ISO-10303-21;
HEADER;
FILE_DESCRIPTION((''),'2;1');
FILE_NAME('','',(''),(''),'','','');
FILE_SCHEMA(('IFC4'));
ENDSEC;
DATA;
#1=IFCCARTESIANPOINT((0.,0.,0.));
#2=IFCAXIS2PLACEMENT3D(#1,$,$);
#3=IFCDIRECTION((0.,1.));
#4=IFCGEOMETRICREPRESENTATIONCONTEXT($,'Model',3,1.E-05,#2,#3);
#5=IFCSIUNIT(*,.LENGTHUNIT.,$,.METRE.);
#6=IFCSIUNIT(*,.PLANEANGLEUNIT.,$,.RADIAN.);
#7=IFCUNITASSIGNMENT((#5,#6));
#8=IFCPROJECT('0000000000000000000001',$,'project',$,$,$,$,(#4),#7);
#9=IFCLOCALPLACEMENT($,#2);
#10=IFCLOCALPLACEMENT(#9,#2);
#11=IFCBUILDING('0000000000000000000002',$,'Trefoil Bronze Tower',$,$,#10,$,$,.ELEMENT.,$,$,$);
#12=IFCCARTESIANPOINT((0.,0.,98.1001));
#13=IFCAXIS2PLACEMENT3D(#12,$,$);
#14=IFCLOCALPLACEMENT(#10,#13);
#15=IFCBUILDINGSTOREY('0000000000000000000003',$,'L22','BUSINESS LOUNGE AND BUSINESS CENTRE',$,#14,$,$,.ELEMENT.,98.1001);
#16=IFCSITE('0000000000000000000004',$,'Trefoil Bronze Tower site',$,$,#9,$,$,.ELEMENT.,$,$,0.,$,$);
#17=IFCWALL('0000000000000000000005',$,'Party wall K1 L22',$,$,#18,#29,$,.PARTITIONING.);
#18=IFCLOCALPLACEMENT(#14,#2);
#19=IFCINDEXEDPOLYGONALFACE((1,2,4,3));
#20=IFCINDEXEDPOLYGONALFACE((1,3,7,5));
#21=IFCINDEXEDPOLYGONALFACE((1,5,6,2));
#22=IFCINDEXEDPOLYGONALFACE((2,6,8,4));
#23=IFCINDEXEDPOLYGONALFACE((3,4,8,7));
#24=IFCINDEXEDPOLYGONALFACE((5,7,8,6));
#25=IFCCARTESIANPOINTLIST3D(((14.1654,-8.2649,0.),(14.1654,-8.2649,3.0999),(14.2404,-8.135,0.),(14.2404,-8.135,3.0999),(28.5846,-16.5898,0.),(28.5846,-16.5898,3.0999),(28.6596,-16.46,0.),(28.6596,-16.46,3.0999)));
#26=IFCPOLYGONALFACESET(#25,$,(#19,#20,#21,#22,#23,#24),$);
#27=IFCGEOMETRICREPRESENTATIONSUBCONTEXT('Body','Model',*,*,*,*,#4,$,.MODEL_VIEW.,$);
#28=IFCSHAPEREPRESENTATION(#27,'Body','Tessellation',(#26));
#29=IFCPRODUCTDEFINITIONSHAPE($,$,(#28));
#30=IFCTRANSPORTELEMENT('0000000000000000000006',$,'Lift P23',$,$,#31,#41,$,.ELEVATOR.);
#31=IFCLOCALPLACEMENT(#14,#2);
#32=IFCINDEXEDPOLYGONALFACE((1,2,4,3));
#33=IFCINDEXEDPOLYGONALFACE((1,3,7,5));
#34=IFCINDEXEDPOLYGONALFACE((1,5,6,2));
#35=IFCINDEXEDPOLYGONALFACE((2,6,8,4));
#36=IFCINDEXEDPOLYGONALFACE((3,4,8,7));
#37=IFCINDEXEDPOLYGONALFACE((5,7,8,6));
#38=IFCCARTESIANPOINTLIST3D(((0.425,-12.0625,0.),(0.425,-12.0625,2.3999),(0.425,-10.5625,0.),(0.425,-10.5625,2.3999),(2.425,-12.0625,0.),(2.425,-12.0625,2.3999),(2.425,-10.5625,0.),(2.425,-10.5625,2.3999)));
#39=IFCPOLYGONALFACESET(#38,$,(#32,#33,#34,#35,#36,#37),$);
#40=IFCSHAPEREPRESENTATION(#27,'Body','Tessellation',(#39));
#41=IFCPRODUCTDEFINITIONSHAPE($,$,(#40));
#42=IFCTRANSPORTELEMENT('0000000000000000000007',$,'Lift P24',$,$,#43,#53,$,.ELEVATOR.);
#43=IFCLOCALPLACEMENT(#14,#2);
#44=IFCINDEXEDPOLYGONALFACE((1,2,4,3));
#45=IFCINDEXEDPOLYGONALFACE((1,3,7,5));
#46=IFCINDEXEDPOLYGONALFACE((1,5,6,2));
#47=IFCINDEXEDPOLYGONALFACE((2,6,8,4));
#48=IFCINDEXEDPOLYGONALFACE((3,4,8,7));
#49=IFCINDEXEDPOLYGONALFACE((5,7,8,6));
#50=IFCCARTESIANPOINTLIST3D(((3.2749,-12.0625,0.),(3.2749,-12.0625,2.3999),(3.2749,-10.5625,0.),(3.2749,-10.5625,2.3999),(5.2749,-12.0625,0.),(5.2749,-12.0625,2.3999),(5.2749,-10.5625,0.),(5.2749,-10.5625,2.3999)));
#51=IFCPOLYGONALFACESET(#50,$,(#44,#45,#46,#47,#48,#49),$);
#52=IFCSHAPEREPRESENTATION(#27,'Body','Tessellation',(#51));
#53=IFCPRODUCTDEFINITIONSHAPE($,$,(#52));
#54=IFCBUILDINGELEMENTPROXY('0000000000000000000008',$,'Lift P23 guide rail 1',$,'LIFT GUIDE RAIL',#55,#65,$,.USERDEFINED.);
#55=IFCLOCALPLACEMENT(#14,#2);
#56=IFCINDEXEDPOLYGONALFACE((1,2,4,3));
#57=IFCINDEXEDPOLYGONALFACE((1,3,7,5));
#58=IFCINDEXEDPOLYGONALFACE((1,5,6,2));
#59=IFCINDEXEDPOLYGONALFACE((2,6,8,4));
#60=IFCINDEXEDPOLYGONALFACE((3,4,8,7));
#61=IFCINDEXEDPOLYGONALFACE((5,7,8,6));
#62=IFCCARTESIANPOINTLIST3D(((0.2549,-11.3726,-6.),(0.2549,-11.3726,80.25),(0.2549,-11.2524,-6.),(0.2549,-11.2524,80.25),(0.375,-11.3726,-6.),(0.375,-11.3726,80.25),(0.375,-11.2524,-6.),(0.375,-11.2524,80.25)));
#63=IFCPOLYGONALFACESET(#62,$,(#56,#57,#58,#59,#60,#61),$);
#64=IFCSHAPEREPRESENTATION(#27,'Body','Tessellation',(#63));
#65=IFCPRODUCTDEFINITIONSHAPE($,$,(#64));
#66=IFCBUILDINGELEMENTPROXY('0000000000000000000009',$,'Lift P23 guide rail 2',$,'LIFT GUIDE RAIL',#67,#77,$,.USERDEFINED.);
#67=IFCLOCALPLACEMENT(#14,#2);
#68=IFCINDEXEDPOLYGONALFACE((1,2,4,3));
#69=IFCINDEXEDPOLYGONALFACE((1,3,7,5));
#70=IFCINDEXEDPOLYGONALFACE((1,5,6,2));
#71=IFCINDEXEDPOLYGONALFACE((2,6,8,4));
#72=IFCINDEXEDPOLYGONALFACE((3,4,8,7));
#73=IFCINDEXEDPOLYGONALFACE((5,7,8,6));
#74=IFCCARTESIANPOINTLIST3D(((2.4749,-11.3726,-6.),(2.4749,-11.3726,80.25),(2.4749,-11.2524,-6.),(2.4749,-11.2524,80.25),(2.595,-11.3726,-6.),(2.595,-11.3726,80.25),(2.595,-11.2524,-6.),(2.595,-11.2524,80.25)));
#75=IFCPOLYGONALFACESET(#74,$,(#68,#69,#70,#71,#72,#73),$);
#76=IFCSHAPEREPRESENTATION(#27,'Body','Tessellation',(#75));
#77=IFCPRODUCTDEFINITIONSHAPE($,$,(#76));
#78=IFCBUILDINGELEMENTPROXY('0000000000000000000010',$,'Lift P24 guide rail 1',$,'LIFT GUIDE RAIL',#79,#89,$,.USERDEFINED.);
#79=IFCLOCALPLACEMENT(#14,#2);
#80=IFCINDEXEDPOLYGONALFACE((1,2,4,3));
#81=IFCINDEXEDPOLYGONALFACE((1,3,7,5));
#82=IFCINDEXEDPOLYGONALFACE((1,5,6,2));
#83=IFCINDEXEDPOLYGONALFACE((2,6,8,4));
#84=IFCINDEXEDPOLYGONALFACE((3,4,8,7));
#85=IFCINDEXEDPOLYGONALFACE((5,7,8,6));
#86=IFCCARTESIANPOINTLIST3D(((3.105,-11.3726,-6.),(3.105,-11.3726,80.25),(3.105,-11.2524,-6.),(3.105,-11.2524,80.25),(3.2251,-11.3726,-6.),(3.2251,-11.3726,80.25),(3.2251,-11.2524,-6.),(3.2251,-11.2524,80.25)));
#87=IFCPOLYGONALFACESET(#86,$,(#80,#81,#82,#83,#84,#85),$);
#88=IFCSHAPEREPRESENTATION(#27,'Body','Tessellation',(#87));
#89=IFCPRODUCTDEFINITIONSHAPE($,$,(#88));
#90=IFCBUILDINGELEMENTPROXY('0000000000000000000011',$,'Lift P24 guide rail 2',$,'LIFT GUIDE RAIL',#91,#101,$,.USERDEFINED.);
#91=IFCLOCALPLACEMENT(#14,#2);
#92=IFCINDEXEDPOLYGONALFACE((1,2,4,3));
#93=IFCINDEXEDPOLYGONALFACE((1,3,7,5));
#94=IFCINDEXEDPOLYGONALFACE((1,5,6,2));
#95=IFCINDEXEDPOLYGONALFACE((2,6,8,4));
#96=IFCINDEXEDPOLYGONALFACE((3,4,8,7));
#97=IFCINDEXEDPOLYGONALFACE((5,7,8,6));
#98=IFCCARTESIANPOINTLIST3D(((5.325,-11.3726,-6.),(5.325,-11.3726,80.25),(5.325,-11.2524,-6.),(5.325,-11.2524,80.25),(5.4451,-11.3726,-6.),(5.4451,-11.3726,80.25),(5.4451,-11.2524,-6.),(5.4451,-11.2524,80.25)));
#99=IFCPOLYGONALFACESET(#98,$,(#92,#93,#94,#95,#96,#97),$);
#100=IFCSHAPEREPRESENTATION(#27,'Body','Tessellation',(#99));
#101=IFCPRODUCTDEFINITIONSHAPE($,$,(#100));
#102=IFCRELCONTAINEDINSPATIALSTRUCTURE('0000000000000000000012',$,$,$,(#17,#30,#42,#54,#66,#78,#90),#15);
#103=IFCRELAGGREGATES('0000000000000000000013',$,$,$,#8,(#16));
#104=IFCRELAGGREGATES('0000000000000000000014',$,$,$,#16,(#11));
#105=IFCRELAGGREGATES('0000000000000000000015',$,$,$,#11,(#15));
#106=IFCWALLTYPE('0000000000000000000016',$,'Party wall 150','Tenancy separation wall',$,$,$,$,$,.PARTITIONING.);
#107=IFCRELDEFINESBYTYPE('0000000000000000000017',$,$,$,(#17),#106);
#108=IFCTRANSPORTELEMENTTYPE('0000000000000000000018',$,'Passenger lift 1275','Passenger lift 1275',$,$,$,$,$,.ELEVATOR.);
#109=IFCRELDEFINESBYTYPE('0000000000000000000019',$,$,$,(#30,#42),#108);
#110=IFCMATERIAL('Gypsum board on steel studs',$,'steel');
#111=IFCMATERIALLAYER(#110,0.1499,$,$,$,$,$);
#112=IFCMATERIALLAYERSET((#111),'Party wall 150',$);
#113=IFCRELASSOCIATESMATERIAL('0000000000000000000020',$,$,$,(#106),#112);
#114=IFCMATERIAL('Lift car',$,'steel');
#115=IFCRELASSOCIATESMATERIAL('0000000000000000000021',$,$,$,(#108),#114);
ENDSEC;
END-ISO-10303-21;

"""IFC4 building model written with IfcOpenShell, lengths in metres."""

from ifc_helpers import new_model, si_unit, direction, frame, frame_2d, origin, origin_2d, place, context, subcontext, project, spatial, rectangle, extrude, material, layer, layer_set, type_object, element, save


model = new_model("IFC4")

# Units and contexts
model_context = context("Model", 3, precision=1e-05, world=origin(), true_north=direction((0.0, 1.0)))
body_context = subcontext(model_context, "Body", "Model", "MODEL_VIEW")
ifc_project = project(units=[si_unit("LENGTHUNIT", "METRE"), si_unit("PLANEANGLEUNIT", "RADIAN")], contexts=[model_context])

# Site, building, storey
site_placement = place(None, origin())
site = spatial("IfcSite", under=ifc_project, at=site_placement, Name="Trefoil Bronze Tower site", CompositionType="ELEMENT", RefElevation=0.0)
building_placement = place(site_placement, origin())
building = spatial("IfcBuilding", under=site, at=building_placement, Name="Trefoil Bronze Tower", CompositionType="ELEMENT")
storey_placement = place(building_placement, frame((0.0, 0.0, 98.1001)))
storey = spatial("IfcBuildingStorey", under=building, at=storey_placement, Name="L22", Description="BUSINESS LOUNGE AND BUSINESS CENTRE", CompositionType="ELEMENT", Elevation=98.1001)

# Wall
ifc_material_1 = material(Name="Gypsum board on steel studs", Category="steel")
ifc_layer_1 = layer(ifc_material_1, 0.1499)
ifc_layer_set_1 = layer_set([ifc_layer_1], Name="Party wall 150")
wall_type_1 = type_object("IfcWallType", Name="Party wall 150", Description="Tenancy separation wall", PredefinedType="PARTITIONING", material=ifc_layer_set_1)
wall_1_placement = place(storey_placement, frame((14.2029, -8.2, 0.0), z_axis=(0.0, 0.0, 1.0), x_axis=(0.866025, -0.500001, 0.0)))
element("IfcWall", 1, at=wall_1_placement, inside=storey, type_object=wall_type_1, Name="Party wall K1 L22", PredefinedType="PARTITIONING", context=body_context, shape_type="SweptSolid", body=[
    extrude(rectangle(XDim=16.6499, YDim=0.1499, at=frame_2d((8.325, 0.0))), origin(), (0.0, 0.0, 1.0), 3.0999),
])

# Transport elements
ifc_material_2 = material(Name="Lift car", Category="steel")
transport_element_type = type_object("IfcTransportElementType", Name="Passenger lift 1275", Description="Passenger lift 1275", PredefinedType="ELEVATOR", material=ifc_material_2)
for number, where, z_axis, x_axis, name in (
    (2, (1.425, -11.3125, 0.0), (0.0, 0.0, 1.0), (1.0, 0.0, 0.0), "Lift P23"),
    (3, (4.2749, -11.3125, 0.0), (0.0, 0.0, 1.0), (1.0, 0.0, 0.0), "Lift P24"),
):
    element("IfcTransportElement", number, at=place(storey_placement, frame(where, z_axis=z_axis, x_axis=x_axis)), inside=storey, type_object=transport_element_type, Name=name, PredefinedType="ELEVATOR", context=body_context, shape_type="SweptSolid", body=[
        extrude(rectangle(XDim=2.0, YDim=1.5, at=origin_2d()), origin(), (0.0, 0.0, 1.0), 2.3999),
    ])

# Building element proxies
for number, where, z_axis, x_axis, name in (
    (4, (0.3149, -11.3125, -6.0), (0.0, 0.0, 1.0), (1.0, 0.0, 0.0), "Lift P23 guide rail 1"),
    (5, (2.5349, -11.3125, -6.0), (0.0, 0.0, 1.0), (1.0, 0.0, 0.0), "Lift P23 guide rail 2"),
    (6, (3.165, -11.3125, -6.0), (0.0, 0.0, 1.0), (1.0, 0.0, 0.0), "Lift P24 guide rail 1"),
    (7, (5.385, -11.3125, -6.0), (0.0, 0.0, 1.0), (1.0, 0.0, 0.0), "Lift P24 guide rail 2"),
):
    element("IfcBuildingElementProxy", number, at=place(storey_placement, frame(where, z_axis=z_axis, x_axis=x_axis)), inside=storey, Name=name, ObjectType="LIFT GUIDE RAIL", PredefinedType="USERDEFINED", context=body_context, shape_type="SweptSolid", body=[
        extrude(rectangle(XDim=0.1201, YDim=0.1201, at=origin_2d()), origin(), (0.0, 0.0, 1.0), 86.25),
    ])

save(model, "model.ifc")
